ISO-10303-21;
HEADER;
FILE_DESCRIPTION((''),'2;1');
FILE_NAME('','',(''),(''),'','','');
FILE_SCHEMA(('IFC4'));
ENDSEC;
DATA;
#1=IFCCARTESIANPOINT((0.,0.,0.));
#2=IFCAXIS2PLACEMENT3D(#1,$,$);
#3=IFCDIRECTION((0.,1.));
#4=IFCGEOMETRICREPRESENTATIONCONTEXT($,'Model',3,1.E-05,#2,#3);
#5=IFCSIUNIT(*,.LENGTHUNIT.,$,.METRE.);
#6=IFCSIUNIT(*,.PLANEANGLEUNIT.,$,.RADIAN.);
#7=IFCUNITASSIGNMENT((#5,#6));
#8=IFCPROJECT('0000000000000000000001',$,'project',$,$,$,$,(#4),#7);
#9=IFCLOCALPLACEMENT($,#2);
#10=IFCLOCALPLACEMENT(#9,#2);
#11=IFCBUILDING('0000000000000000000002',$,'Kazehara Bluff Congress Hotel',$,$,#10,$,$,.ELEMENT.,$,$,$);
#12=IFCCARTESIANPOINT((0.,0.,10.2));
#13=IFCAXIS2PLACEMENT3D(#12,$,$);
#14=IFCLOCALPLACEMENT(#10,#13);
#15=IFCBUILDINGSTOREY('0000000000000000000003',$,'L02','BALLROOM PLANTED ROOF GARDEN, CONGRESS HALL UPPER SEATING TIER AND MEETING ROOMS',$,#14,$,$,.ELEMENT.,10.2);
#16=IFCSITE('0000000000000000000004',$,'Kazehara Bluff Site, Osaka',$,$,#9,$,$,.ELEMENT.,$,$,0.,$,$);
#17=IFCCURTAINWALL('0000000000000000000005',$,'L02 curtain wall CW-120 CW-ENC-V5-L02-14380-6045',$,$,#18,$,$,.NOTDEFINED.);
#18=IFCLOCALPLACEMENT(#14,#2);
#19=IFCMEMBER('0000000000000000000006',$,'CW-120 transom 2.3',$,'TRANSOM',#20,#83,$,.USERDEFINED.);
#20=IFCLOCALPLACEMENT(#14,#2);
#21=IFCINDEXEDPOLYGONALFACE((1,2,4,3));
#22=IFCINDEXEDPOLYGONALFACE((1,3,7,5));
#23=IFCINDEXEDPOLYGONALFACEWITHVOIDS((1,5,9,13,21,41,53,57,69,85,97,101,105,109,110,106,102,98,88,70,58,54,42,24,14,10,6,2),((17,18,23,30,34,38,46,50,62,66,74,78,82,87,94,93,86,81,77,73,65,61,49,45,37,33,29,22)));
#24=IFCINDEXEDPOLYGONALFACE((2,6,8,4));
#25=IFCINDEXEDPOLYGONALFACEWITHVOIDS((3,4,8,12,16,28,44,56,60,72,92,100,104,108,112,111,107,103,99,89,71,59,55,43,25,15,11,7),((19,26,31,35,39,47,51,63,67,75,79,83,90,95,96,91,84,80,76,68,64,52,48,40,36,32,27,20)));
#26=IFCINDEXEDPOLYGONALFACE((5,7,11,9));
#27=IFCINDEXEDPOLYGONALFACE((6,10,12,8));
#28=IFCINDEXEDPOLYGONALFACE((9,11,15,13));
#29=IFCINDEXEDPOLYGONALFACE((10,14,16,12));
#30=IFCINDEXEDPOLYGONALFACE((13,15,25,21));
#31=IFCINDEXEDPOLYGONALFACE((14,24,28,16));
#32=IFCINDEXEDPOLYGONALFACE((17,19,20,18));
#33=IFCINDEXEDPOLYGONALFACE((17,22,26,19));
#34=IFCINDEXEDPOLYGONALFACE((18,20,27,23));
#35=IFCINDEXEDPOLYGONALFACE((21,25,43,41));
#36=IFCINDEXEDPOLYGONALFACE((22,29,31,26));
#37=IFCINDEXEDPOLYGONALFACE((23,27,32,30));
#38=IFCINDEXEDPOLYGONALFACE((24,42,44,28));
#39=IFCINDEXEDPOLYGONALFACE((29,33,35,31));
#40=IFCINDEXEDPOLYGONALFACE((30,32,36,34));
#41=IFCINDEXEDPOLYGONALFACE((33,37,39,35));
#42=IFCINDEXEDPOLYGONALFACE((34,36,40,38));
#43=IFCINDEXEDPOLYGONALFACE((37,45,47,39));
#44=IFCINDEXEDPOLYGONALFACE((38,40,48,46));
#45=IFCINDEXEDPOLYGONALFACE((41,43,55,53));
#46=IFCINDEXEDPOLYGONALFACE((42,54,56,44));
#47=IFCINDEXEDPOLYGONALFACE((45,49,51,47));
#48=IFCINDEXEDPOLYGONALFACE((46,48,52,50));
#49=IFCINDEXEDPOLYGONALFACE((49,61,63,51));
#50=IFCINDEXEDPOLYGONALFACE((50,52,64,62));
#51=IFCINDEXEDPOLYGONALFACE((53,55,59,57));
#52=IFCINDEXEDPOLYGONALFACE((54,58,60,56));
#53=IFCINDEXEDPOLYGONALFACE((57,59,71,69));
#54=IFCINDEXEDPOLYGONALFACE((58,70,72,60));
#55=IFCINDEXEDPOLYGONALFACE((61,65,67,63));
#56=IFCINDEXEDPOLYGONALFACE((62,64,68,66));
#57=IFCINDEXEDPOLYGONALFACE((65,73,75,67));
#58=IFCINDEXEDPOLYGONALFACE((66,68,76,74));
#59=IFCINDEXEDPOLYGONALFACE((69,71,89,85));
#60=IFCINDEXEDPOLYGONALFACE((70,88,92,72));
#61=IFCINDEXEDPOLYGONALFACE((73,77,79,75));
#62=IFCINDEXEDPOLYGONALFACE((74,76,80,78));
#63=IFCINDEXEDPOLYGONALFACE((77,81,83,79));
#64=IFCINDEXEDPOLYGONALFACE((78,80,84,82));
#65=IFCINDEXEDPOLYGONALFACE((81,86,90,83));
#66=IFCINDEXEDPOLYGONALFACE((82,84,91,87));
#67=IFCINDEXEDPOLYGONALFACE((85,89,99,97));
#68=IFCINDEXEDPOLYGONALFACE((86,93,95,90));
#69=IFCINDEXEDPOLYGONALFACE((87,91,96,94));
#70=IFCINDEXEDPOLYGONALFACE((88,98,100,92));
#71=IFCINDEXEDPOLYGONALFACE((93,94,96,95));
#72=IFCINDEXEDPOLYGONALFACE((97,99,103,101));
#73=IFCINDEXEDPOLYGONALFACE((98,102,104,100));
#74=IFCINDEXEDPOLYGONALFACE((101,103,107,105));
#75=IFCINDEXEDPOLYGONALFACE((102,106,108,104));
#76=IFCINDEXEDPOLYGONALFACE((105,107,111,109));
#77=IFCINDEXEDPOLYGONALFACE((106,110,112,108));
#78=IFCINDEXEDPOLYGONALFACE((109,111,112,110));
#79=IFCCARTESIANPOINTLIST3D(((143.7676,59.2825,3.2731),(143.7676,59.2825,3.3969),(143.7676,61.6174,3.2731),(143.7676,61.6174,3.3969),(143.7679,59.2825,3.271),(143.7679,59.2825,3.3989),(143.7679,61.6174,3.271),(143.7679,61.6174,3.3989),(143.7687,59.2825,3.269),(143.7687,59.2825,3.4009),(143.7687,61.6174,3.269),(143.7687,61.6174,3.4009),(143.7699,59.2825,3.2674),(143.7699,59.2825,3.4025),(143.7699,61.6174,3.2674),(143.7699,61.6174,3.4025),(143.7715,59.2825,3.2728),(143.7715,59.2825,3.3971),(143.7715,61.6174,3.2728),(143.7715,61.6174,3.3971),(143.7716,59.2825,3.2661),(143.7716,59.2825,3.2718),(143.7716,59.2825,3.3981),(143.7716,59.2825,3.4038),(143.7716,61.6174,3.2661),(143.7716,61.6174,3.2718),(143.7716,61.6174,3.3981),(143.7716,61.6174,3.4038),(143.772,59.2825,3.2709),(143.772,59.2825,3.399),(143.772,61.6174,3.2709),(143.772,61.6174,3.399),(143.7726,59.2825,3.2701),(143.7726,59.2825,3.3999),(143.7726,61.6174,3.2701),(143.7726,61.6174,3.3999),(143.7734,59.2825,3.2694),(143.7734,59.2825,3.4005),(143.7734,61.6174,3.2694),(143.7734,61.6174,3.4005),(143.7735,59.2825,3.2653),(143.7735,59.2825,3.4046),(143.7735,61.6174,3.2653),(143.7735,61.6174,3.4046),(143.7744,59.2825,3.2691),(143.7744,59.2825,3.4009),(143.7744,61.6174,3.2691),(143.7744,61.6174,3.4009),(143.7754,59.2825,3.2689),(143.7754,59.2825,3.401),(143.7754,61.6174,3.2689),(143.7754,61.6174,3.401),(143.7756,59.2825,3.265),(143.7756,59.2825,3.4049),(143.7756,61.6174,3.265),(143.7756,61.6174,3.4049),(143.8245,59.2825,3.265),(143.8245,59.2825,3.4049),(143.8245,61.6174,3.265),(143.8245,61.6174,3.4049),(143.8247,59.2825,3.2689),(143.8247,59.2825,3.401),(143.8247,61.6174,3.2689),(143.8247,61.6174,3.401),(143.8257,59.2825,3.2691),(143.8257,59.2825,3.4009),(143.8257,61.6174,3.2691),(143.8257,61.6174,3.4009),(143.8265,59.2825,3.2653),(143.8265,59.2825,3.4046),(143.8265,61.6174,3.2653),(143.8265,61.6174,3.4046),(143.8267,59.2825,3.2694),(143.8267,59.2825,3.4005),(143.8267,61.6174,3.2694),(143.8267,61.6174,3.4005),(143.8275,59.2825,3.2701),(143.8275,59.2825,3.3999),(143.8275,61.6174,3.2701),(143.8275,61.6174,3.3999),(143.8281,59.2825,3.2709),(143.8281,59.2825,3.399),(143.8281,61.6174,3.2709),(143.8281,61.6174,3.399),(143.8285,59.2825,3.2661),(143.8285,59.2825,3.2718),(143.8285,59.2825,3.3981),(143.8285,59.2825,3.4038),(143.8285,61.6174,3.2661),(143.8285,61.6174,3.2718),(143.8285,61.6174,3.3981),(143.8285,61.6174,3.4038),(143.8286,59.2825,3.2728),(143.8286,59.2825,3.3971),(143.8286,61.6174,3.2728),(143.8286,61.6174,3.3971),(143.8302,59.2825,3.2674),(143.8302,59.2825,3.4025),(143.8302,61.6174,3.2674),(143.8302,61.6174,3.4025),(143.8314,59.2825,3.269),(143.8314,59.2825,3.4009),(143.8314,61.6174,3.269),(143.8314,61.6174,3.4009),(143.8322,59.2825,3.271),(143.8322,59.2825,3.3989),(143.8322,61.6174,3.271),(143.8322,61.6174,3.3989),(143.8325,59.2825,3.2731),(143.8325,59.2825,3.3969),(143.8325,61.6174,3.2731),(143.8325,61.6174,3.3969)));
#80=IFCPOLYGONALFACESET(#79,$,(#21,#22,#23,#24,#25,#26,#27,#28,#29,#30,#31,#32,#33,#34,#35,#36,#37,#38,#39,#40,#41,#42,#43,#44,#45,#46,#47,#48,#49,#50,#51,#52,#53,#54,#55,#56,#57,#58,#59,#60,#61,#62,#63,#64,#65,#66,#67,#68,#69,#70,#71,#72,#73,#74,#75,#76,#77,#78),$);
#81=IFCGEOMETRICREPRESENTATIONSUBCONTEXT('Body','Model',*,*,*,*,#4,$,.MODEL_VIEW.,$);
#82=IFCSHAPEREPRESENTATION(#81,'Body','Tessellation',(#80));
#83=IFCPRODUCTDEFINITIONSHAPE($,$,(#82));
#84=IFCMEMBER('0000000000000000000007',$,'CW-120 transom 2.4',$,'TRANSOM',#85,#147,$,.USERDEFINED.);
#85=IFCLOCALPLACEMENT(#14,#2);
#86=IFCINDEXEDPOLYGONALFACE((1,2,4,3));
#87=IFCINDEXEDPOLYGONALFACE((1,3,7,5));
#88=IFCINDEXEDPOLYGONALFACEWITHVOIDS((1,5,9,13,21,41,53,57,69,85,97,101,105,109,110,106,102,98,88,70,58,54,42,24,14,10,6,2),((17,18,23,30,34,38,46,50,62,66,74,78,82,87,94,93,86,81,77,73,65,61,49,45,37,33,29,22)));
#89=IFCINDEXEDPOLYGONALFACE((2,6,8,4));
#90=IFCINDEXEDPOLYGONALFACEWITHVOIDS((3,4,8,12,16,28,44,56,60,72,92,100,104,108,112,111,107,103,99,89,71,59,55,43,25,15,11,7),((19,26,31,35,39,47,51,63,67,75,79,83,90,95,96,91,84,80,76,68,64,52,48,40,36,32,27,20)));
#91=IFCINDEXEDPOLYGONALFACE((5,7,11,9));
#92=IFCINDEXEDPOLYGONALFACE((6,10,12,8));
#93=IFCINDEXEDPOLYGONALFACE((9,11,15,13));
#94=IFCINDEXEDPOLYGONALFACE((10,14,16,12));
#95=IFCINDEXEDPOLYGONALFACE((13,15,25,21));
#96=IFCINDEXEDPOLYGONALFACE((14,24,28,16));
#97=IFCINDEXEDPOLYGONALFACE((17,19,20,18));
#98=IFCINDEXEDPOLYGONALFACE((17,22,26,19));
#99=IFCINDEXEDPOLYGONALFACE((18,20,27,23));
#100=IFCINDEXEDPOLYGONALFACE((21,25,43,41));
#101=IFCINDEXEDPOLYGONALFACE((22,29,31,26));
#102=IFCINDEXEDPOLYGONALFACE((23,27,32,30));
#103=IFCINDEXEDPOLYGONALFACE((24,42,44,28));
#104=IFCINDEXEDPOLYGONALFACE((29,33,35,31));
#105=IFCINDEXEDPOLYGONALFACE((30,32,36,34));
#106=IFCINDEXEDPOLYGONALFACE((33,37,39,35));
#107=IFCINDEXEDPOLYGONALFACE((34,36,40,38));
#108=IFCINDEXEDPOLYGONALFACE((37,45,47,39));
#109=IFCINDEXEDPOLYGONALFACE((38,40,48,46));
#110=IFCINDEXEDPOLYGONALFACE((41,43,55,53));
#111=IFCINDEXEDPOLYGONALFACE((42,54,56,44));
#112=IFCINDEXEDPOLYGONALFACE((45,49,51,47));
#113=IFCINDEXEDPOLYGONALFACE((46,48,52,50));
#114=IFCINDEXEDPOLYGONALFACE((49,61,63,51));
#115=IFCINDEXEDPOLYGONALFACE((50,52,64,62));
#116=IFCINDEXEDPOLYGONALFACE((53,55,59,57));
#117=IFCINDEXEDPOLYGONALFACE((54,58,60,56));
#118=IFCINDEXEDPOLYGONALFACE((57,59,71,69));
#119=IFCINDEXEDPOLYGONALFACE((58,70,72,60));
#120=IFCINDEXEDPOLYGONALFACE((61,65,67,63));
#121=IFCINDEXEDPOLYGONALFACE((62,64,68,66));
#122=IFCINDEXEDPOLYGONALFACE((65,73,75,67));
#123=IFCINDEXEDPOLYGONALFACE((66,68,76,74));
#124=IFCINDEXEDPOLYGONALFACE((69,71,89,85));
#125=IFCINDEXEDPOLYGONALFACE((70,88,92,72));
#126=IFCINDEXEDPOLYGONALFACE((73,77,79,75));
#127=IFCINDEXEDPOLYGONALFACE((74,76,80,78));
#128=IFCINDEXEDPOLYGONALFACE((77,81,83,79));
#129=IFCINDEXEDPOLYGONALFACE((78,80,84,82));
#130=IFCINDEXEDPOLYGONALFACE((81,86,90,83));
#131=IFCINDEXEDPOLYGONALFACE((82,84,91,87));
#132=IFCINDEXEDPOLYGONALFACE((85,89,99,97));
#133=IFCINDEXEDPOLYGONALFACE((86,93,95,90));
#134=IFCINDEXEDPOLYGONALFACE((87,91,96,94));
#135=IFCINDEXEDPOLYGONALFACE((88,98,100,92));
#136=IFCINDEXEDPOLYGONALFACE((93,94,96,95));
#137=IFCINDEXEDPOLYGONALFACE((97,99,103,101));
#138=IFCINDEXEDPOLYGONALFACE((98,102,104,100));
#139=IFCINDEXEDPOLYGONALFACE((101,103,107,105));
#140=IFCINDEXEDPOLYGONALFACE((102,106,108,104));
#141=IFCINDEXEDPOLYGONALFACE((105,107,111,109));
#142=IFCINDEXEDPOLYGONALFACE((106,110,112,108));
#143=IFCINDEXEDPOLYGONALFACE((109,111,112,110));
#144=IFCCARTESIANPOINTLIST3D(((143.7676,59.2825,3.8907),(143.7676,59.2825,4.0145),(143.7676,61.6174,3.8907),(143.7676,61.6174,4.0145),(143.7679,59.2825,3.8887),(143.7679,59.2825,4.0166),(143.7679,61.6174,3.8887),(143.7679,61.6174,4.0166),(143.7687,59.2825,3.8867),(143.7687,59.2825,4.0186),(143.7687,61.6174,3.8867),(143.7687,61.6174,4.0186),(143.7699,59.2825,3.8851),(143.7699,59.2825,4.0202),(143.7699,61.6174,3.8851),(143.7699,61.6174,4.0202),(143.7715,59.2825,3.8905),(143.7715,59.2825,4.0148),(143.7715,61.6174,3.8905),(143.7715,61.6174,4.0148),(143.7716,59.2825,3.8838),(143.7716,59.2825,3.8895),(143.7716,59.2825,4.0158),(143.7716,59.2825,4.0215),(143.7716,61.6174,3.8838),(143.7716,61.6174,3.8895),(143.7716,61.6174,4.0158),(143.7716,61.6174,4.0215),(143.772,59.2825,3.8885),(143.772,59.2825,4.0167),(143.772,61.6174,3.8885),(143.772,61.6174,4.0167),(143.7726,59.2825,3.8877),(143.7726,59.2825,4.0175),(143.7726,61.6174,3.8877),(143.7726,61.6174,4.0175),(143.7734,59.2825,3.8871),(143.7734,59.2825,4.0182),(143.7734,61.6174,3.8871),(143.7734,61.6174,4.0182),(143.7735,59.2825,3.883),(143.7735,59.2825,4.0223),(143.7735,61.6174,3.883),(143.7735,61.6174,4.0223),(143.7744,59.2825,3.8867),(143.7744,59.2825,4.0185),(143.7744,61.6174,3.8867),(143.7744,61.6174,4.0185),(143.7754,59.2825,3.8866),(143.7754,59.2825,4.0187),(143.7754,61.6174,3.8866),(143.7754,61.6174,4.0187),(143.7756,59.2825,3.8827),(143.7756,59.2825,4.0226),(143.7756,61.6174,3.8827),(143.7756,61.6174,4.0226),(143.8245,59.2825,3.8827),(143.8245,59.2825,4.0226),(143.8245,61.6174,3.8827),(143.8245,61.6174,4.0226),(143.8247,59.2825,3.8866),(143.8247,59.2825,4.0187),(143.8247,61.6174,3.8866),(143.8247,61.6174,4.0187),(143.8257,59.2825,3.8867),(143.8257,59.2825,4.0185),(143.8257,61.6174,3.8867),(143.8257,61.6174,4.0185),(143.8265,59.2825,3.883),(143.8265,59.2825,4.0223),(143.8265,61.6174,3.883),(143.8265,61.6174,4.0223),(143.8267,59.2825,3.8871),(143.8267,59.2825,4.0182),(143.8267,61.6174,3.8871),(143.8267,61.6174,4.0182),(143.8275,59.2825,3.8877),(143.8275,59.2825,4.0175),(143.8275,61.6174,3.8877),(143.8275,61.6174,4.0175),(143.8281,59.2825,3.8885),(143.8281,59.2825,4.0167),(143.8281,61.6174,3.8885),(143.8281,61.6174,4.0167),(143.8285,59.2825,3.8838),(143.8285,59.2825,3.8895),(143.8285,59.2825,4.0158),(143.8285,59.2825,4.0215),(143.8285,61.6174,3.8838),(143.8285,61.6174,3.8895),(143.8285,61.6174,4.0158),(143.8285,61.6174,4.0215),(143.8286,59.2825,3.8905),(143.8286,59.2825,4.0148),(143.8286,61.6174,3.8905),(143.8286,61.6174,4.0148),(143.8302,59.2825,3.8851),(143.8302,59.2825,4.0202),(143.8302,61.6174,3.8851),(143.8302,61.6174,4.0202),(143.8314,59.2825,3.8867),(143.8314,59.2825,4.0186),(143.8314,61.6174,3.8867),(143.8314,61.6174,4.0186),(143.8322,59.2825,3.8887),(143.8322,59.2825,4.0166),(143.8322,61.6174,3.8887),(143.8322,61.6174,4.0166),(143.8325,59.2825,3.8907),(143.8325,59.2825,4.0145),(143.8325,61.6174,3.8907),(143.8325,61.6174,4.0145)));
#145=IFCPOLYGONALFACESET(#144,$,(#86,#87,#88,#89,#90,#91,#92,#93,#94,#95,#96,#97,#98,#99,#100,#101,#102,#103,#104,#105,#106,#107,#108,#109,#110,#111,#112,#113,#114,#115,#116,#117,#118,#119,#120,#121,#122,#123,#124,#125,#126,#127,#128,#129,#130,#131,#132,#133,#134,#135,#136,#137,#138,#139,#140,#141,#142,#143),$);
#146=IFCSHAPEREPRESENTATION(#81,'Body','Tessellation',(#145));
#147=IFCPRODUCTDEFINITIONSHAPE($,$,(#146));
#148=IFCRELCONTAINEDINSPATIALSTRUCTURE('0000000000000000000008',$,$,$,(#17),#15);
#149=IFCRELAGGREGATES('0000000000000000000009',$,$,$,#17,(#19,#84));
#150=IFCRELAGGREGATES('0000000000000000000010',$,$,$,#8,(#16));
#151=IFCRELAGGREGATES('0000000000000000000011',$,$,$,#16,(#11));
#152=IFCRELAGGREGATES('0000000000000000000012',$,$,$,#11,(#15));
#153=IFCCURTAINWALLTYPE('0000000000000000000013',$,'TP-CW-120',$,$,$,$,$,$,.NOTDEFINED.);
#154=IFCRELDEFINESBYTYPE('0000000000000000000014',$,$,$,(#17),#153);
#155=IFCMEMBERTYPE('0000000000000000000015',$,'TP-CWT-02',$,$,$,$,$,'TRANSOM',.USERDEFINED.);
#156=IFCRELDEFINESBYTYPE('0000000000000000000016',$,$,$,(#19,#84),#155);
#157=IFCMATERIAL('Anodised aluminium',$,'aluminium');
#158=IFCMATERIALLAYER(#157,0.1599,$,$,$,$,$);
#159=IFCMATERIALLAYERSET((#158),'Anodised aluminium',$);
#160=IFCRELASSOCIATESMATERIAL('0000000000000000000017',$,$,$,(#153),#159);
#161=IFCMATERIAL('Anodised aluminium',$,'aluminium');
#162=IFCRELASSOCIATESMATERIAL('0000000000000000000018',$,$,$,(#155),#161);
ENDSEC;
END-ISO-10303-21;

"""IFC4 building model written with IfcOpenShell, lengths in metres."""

from ifc_helpers import new_model, si_unit, direction, frame, origin, origin_2d, place, context, subcontext, project, spatial, hollow_rectangle, extrude, material, layer, layer_set, material_profile, profile_set, type_object, element, aggregate, save


model = new_model("IFC4")

# Units and contexts
model_context = context("Model", 3, precision=1e-05, world=origin(), true_north=direction((0.0, 1.0)))
body_context = subcontext(model_context, "Body", "Model", "MODEL_VIEW")
ifc_project = project(units=[si_unit("LENGTHUNIT", "METRE"), si_unit("PLANEANGLEUNIT", "RADIAN")], contexts=[model_context])

# Site, building, storey
site_placement = place(None, origin())
site = spatial("IfcSite", under=ifc_project, at=site_placement, Name="Kazehara Bluff Site, Osaka", CompositionType="ELEMENT", RefElevation=0.0)
building_placement = place(site_placement, origin())
building = spatial("IfcBuilding", under=site, at=building_placement, Name="Kazehara Bluff Congress Hotel", CompositionType="ELEMENT")
storey_placement = place(building_placement, frame((0.0, 0.0, 10.2)))
storey = spatial("IfcBuildingStorey", under=building, at=storey_placement, Name="L02", Description="BALLROOM PLANTED ROOF GARDEN, CONGRESS HALL UPPER SEATING TIER AND MEETING ROOMS", CompositionType="ELEMENT", Elevation=10.2)

# Curtain wall, members
ifc_material_1 = material(Name="Anodised aluminium", Category="aluminium")
ifc_layer_1 = layer(ifc_material_1, 0.1599)
ifc_layer_set_1 = layer_set([ifc_layer_1], Name="Anodised aluminium")
curtain_wall_type_1 = type_object("IfcCurtainWallType", Name="TP-CW-120", PredefinedType="NOTDEFINED", material=ifc_layer_set_1)
curtain_wall_1_placement = place(storey_placement, origin())
curtain_wall_1 = element("IfcCurtainWall", 1, at=curtain_wall_1_placement, inside=storey, type_object=curtain_wall_type_1, Name="L02 curtain wall CW-120 CW-ENC-V5-L02-14380-6045", PredefinedType="NOTDEFINED")
ifc_material_2 = material(Name="Anodised aluminium", Category="aluminium")
ifc_material_profile_1 = material_profile(ifc_material_2, hollow_rectangle(XDim=0.0649, YDim=0.1399, WallThickness=0.0039, InnerFilletRadius=0.0039, OuterFilletRadius=0.0081, at=origin_2d()))
ifc_profile_set_1 = profile_set([ifc_material_profile_1], Name="Anodised aluminium")
member_type_1 = type_object("IfcMemberType", Name="TP-CWT-02", ElementType="TRANSOM", PredefinedType="USERDEFINED", material=ifc_profile_set_1)
member_1_placement = place(storey_placement, frame((143.8, 59.2825, 3.335), z_axis=(0.0, 1.0, 0.0), x_axis=(-1.0, 0.0, 0.0)))
member_1 = element("IfcMember", 2, at=member_1_placement, type_object=member_type_1, Name="CW-120 transom 2.3", ObjectType="TRANSOM", PredefinedType="USERDEFINED", context=body_context, shape_type="SweptSolid", body=[
    extrude(hollow_rectangle(XDim=0.0649, YDim=0.1399, WallThickness=0.0039, InnerFilletRadius=0.0039, OuterFilletRadius=0.0081, at=origin_2d()), origin(), (0.0, 0.0, 1.0), 2.335),
])
member_2_placement = place(storey_placement, frame((143.8, 59.2825, 3.9526), z_axis=(0.0, 1.0, 0.0), x_axis=(-1.0, 0.0, 0.0)))
member_2 = element("IfcMember", 3, at=member_2_placement, type_object=member_type_1, Name="CW-120 transom 2.4", ObjectType="TRANSOM", PredefinedType="USERDEFINED", context=body_context, shape_type="SweptSolid", body=[
    extrude(hollow_rectangle(XDim=0.0649, YDim=0.1399, WallThickness=0.0039, InnerFilletRadius=0.0039, OuterFilletRadius=0.0081, at=origin_2d()), origin(), (0.0, 0.0, 1.0), 2.335),
])
aggregate(curtain_wall_1, [member_1, member_2])

save(model, "model.ifc")
